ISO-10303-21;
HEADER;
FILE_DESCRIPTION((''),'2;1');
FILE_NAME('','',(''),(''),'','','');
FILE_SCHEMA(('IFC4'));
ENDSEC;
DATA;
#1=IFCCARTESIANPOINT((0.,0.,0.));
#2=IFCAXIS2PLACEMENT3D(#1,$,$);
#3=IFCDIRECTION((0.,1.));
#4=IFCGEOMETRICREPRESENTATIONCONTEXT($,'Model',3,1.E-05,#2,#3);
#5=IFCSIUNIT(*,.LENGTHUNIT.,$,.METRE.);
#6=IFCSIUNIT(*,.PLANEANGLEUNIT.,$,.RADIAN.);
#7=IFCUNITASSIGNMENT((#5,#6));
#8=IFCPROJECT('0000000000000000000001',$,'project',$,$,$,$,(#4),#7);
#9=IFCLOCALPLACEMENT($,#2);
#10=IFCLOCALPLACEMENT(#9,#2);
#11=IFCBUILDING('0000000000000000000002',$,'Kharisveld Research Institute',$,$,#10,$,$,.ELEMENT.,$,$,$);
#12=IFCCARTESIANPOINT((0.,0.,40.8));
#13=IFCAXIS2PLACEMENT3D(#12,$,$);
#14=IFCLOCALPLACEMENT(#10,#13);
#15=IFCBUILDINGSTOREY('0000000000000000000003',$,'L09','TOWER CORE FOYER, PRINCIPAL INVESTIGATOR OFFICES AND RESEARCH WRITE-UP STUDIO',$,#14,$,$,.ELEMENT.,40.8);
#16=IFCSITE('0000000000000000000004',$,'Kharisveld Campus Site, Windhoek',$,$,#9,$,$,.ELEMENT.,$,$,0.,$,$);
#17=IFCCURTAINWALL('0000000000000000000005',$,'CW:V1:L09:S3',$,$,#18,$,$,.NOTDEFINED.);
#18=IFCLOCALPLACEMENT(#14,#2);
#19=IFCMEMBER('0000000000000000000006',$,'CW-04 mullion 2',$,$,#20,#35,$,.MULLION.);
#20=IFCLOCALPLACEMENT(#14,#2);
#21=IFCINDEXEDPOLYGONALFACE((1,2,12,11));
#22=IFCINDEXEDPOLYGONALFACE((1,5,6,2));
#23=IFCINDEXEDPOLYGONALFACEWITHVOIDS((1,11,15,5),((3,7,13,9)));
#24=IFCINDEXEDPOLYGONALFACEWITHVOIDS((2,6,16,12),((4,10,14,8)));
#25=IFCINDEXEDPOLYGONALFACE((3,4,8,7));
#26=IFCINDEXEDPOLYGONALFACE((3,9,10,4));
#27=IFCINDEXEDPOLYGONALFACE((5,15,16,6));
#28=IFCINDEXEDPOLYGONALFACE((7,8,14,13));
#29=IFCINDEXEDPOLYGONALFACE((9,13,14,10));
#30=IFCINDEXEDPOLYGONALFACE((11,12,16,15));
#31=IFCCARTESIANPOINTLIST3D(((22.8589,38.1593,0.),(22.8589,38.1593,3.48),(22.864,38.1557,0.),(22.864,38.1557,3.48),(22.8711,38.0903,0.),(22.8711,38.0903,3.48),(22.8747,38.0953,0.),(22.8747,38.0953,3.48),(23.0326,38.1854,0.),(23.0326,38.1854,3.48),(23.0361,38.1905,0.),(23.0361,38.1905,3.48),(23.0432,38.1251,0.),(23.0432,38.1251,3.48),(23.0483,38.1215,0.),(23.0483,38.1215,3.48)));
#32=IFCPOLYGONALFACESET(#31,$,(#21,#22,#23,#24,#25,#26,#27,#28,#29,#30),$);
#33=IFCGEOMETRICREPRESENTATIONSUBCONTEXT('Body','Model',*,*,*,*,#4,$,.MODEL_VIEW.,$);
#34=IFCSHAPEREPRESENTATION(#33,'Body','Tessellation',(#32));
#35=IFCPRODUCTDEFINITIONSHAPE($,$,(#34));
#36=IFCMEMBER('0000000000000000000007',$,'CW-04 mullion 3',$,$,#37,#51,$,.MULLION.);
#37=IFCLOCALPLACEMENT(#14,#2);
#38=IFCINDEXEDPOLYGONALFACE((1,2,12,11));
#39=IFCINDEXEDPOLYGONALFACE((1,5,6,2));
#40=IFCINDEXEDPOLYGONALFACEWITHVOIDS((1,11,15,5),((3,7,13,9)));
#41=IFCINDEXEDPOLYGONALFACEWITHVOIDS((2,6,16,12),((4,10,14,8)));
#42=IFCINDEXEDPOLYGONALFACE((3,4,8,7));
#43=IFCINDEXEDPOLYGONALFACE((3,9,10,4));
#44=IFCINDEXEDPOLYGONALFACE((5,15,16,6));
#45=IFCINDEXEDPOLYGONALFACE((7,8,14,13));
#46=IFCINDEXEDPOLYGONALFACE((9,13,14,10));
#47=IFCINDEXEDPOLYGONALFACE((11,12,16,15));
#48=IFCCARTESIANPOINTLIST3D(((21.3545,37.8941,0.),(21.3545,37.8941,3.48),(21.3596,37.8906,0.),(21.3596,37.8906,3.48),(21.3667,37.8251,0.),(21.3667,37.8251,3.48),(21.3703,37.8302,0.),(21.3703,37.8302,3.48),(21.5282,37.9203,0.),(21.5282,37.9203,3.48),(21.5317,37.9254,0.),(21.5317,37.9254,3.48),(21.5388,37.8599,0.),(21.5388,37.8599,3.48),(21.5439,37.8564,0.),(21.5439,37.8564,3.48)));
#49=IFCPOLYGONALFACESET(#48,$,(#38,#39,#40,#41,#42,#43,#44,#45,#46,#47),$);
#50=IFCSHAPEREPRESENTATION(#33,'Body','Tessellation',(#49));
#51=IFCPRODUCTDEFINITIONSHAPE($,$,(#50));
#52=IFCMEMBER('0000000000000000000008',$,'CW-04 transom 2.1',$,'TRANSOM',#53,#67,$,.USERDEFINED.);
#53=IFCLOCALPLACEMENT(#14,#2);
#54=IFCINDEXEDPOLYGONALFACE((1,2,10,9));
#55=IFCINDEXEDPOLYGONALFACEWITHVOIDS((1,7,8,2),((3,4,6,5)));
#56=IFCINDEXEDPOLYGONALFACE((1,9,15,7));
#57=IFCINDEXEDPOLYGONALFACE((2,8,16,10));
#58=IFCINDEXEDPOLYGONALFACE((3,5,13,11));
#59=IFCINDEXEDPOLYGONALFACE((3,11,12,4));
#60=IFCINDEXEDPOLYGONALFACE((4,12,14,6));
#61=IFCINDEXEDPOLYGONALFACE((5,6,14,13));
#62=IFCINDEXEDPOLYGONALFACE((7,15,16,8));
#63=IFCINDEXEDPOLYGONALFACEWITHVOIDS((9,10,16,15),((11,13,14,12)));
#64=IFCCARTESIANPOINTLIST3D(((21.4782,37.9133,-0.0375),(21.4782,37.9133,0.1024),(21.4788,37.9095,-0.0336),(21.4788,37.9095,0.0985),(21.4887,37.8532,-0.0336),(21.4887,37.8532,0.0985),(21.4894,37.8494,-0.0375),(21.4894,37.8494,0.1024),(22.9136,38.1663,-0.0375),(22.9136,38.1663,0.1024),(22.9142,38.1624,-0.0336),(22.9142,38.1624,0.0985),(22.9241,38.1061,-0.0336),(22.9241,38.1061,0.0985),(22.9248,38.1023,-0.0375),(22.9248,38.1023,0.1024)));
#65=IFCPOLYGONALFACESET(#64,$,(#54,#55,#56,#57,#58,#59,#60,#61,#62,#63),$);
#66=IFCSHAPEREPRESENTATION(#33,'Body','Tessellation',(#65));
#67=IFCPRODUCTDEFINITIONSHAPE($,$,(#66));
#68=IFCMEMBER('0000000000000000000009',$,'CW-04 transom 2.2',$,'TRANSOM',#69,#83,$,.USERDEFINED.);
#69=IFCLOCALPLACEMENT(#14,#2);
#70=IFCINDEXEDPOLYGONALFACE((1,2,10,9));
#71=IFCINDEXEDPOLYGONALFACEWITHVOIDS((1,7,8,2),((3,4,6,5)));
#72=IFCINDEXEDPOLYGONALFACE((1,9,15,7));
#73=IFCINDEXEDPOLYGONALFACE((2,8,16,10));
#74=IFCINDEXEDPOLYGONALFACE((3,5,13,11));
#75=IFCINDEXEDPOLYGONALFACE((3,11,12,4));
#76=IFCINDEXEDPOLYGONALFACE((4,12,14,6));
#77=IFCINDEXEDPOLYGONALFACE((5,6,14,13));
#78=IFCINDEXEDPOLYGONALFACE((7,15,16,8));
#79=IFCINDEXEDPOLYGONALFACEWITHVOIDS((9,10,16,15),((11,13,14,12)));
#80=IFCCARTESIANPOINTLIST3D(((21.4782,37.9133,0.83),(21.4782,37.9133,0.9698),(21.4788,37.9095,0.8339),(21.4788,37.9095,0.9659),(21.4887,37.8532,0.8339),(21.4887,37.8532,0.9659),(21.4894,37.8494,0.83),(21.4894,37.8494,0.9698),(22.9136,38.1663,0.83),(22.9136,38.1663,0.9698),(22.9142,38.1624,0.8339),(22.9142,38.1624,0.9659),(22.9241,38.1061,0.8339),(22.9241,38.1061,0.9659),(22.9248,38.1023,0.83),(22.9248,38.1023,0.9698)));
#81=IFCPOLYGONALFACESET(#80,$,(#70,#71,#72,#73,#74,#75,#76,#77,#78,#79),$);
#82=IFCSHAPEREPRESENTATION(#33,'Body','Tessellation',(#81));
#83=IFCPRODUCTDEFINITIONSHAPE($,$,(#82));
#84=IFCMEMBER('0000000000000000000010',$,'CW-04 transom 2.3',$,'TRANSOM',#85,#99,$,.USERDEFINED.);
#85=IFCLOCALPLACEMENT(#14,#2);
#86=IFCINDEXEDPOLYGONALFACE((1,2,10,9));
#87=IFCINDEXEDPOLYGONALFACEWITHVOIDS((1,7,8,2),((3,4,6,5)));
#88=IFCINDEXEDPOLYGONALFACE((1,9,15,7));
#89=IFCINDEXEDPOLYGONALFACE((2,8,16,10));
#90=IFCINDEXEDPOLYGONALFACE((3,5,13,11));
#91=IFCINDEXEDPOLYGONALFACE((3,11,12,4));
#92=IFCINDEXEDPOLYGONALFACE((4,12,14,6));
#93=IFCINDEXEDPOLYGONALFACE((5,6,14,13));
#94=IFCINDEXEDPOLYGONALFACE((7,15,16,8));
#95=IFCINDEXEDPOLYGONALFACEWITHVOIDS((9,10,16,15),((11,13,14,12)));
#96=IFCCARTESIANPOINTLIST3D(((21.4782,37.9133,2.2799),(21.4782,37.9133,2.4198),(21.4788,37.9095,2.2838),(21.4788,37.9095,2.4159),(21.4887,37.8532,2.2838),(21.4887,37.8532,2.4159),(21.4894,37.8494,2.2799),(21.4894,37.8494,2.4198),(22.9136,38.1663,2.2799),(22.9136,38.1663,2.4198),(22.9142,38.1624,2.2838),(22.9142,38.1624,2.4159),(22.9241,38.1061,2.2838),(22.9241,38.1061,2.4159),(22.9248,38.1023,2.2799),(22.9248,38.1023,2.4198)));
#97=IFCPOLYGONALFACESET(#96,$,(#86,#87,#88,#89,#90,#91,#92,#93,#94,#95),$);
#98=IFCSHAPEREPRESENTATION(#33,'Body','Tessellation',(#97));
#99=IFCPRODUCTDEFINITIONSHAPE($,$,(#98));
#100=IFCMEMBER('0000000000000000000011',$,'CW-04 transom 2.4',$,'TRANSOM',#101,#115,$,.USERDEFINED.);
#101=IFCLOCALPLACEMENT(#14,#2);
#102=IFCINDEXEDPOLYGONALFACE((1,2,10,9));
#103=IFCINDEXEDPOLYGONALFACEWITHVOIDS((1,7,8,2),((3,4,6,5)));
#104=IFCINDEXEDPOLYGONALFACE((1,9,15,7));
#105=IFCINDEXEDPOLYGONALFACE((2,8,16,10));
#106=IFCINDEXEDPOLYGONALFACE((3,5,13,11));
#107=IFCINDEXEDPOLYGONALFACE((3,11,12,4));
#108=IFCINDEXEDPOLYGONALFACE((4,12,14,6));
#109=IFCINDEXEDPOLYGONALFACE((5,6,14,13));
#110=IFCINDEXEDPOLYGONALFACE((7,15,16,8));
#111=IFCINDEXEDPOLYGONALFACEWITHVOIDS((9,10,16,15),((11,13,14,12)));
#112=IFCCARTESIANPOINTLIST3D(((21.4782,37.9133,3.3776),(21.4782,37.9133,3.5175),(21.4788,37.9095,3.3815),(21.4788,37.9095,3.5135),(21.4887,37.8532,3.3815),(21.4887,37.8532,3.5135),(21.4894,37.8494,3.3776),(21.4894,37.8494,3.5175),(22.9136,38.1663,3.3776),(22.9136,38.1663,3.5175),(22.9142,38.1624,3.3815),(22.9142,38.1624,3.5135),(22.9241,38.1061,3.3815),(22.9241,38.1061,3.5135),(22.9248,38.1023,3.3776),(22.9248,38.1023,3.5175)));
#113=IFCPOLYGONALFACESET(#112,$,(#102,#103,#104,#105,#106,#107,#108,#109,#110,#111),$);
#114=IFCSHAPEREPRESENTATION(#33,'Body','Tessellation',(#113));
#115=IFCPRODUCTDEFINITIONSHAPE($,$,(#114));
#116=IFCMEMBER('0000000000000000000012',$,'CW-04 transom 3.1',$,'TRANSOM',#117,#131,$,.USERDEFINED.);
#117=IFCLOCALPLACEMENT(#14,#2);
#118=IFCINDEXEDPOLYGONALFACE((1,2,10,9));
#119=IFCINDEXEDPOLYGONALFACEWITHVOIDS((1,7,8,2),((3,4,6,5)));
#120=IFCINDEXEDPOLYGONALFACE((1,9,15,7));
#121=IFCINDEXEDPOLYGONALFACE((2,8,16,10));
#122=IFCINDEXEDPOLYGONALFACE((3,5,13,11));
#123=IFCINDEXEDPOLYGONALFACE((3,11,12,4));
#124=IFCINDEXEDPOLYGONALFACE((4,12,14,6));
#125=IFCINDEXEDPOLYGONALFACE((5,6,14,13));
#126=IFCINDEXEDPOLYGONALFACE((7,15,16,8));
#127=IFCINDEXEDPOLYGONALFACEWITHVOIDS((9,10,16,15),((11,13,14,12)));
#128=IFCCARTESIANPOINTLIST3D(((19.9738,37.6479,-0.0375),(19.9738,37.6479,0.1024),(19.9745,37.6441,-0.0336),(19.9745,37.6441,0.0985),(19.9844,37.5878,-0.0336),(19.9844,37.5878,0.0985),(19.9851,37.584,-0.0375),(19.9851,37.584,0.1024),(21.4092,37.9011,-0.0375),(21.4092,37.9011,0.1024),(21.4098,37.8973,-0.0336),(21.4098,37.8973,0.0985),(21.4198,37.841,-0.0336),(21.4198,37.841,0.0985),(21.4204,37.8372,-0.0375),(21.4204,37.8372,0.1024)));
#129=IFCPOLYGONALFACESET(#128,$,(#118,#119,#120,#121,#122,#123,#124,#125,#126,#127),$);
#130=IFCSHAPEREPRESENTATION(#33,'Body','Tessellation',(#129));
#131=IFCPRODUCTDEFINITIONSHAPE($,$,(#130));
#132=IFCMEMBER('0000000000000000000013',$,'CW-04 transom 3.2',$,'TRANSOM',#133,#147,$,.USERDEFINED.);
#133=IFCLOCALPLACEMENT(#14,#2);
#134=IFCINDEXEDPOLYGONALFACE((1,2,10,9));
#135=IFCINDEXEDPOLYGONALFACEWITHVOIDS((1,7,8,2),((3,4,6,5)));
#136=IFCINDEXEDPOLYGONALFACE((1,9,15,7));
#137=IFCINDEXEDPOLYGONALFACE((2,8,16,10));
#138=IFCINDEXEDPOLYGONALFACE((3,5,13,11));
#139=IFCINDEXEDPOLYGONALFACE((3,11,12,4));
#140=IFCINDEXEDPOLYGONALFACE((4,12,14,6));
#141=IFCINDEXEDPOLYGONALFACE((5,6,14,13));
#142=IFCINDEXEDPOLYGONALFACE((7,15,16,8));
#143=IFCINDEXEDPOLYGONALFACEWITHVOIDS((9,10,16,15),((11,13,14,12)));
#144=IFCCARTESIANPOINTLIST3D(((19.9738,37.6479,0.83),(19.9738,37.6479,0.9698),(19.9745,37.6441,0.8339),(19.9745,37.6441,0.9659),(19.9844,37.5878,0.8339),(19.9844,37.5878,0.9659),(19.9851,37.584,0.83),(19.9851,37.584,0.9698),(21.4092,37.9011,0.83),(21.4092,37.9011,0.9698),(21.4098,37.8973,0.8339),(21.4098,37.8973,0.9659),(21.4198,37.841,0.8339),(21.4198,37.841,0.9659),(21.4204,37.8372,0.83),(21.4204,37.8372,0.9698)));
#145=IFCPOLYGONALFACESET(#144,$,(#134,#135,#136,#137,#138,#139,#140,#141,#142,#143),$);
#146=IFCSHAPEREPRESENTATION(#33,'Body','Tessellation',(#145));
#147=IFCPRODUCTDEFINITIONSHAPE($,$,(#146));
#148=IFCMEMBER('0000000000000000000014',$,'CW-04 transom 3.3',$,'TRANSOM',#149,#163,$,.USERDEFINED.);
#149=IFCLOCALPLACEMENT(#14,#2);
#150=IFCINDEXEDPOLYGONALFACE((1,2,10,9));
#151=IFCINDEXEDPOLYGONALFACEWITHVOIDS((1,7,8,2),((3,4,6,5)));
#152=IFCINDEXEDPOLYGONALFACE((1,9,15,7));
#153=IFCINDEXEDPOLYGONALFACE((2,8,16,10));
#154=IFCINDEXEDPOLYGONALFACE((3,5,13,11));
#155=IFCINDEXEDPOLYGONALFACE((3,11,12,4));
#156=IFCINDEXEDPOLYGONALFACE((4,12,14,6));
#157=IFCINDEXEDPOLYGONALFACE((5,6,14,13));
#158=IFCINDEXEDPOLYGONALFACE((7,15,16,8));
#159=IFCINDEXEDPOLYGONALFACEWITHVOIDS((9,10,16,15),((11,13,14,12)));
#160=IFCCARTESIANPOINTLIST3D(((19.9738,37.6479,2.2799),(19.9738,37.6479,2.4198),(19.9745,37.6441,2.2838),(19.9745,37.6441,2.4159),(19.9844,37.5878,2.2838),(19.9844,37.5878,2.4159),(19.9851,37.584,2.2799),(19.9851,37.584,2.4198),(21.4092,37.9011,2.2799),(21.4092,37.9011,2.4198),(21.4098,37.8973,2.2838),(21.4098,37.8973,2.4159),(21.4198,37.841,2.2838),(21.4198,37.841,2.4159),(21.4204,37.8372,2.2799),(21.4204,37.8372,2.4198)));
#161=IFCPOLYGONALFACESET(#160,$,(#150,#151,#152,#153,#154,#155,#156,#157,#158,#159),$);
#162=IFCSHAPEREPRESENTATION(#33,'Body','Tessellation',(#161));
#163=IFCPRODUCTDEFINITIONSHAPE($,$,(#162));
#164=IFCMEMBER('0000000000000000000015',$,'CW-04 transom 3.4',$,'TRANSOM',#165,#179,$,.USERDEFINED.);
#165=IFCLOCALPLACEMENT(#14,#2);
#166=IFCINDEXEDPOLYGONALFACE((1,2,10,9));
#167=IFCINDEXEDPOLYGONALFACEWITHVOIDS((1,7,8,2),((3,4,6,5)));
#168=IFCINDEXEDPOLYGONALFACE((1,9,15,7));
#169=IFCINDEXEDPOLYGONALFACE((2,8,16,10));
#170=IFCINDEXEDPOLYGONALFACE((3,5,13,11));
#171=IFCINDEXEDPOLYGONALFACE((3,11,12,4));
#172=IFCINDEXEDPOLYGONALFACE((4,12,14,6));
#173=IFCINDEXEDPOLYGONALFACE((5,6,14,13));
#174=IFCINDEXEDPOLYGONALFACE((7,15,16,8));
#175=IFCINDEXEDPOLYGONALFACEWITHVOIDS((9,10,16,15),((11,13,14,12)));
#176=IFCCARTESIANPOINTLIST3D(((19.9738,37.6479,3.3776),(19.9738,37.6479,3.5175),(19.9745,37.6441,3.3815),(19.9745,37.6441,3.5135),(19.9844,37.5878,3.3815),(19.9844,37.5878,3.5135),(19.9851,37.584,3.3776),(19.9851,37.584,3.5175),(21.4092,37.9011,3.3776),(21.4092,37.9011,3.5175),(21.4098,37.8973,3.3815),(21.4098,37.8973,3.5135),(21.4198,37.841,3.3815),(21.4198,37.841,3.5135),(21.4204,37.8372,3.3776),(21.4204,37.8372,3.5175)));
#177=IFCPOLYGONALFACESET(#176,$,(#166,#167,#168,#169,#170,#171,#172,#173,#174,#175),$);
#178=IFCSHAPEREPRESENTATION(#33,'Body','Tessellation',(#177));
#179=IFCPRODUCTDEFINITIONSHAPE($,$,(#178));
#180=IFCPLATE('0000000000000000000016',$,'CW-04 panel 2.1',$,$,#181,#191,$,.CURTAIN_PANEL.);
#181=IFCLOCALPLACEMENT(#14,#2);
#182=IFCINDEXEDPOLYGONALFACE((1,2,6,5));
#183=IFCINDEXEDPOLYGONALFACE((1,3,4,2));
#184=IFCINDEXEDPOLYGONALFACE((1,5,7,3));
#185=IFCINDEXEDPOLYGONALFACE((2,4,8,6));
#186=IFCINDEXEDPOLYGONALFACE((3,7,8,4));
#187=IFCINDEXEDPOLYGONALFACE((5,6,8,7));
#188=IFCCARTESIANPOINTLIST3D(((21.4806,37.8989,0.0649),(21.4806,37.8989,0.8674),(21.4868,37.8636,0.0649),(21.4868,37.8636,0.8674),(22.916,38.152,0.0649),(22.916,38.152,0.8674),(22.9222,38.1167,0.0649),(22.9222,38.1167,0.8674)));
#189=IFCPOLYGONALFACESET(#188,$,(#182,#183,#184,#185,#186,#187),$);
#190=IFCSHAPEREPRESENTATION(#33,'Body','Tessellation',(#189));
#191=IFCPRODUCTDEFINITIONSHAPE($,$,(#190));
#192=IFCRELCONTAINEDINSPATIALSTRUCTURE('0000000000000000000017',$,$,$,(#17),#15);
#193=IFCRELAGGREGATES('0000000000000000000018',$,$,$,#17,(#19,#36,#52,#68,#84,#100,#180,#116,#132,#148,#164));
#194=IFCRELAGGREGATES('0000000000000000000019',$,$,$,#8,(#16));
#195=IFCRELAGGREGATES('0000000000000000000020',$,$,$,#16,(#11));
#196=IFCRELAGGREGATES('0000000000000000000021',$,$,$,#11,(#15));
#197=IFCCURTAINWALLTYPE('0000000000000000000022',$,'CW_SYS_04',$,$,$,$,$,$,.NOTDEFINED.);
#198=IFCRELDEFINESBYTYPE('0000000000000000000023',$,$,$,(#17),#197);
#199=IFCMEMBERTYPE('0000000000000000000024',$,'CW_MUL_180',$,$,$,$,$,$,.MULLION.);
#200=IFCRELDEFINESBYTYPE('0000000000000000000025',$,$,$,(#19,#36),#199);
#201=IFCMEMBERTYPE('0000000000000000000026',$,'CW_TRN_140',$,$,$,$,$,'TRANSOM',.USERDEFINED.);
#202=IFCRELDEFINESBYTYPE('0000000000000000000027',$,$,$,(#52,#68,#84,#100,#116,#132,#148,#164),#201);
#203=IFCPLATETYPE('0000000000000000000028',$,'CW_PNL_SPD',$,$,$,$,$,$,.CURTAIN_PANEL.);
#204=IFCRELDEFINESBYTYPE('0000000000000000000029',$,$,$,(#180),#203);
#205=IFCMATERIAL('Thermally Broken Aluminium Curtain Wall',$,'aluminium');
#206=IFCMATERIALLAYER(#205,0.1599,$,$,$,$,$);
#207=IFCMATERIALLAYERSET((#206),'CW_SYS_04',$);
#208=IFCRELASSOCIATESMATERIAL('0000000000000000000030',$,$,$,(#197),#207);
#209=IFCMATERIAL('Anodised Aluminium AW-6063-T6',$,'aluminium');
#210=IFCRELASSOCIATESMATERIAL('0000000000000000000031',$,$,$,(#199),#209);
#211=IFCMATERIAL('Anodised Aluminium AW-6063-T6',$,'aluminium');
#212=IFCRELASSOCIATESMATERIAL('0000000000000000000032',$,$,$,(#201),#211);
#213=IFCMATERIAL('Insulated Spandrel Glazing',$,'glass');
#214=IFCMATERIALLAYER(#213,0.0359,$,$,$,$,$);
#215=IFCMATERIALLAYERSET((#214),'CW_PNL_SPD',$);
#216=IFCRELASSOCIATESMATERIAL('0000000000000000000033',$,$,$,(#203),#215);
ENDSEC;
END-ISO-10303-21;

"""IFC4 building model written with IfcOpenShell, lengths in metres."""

from ifc_helpers import new_model, si_unit, direction, frame, origin, origin_2d, place, context, subcontext, project, spatial, rectangle, hollow_rectangle, extrude, material, layer, layer_set, material_profile, profile_set, type_object, element, aggregate, save


model = new_model("IFC4")

# Units and contexts
model_context = context("Model", 3, precision=1e-05, world=origin(), true_north=direction((0.0, 1.0)))
body_context = subcontext(model_context, "Body", "Model", "MODEL_VIEW")
ifc_project = project(units=[si_unit("LENGTHUNIT", "METRE"), si_unit("PLANEANGLEUNIT", "RADIAN")], contexts=[model_context])

# Site, building, storey
site_placement = place(None, origin())
site = spatial("IfcSite", under=ifc_project, at=site_placement, Name="Kharisveld Campus Site, Windhoek", CompositionType="ELEMENT", RefElevation=0.0)
building_placement = place(site_placement, origin())
building = spatial("IfcBuilding", under=site, at=building_placement, Name="Kharisveld Research Institute", CompositionType="ELEMENT")
storey_placement = place(building_placement, frame((0.0, 0.0, 40.8)))
storey = spatial("IfcBuildingStorey", under=building, at=storey_placement, Name="L09", Description="TOWER CORE FOYER, PRINCIPAL INVESTIGATOR OFFICES AND RESEARCH WRITE-UP STUDIO", CompositionType="ELEMENT", Elevation=40.8)

# Curtain wall, members, plate
ifc_material_1 = material(Name="Thermally Broken Aluminium Curtain Wall", Category="aluminium")
ifc_layer_1 = layer(ifc_material_1, 0.1599)
ifc_layer_set_1 = layer_set([ifc_layer_1], Name="CW_SYS_04")
curtain_wall_type = type_object("IfcCurtainWallType", Name="CW_SYS_04", PredefinedType="NOTDEFINED", material=ifc_layer_set_1)
curtain_wall_placement = place(storey_placement, origin())
curtain_wall = element("IfcCurtainWall", 1, at=curtain_wall_placement, inside=storey, type_object=curtain_wall_type, Name="CW:V1:L09:S3", PredefinedType="NOTDEFINED")
ifc_material_2 = material(Name="Anodised Aluminium AW-6063-T6", Category="aluminium")
ifc_material_profile_1 = material_profile(ifc_material_2, hollow_rectangle(XDim=0.0701, YDim=0.1799, WallThickness=0.0044, at=origin_2d()))
ifc_profile_set_1 = profile_set([ifc_material_profile_1], Name="Anodised Aluminium AW-6063-T6")
member_type_1 = type_object("IfcMemberType", Name="CW_MUL_180", PredefinedType="MULLION", material=ifc_profile_set_1)
member_1_placement = place(storey_placement, frame((22.9536, 38.1404, 0.0), z_axis=(0.0, 0.0, 1.0), x_axis=(0.173648, -0.984808, 0.0)))
member_1 = element("IfcMember", 2, at=member_1_placement, type_object=member_type_1, Name="CW-04 mullion 2", PredefinedType="MULLION", context=body_context, shape_type="SweptSolid", body=[
    extrude(hollow_rectangle(XDim=0.0701, YDim=0.1799, WallThickness=0.0044, at=origin_2d()), origin(), (0.0, 0.0, 1.0), 3.48),
])
member_2_placement = place(storey_placement, frame((21.4492, 37.8752, 0.0), z_axis=(0.0, 0.0, 1.0), x_axis=(0.173648, -0.984808, 0.0)))
member_2 = element("IfcMember", 3, at=member_2_placement, type_object=member_type_1, Name="CW-04 mullion 3", PredefinedType="MULLION", context=body_context, shape_type="SweptSolid", body=[
    extrude(hollow_rectangle(XDim=0.0701, YDim=0.1799, WallThickness=0.0044, at=origin_2d()), origin(), (0.0, 0.0, 1.0), 3.48),
])
ifc_material_3 = material(Name="Anodised Aluminium AW-6063-T6", Category="aluminium")
ifc_material_profile_2 = material_profile(ifc_material_3, hollow_rectangle(XDim=0.0649, YDim=0.1399, WallThickness=0.0039, at=origin_2d()))
ifc_profile_set_2 = profile_set([ifc_material_profile_2], Name="Anodised Aluminium AW-6063-T6")
member_type_2 = type_object("IfcMemberType", Name="CW_TRN_140", ElementType="TRANSOM", PredefinedType="USERDEFINED", material=ifc_profile_set_2)
member_3_placement = place(storey_placement, frame((22.9192, 38.1343, 0.0325), z_axis=(-0.984826, -0.173546, 0.0), x_axis=(0.173546, -0.984826, 0.0)))
member_3 = element("IfcMember", 4, at=member_3_placement, type_object=member_type_2, Name="CW-04 transom 2.1", ObjectType="TRANSOM", PredefinedType="USERDEFINED", context=body_context, shape_type="SweptSolid", body=[
    extrude(hollow_rectangle(XDim=0.0649, YDim=0.1399, WallThickness=0.0039, at=origin_2d()), origin(), (0.0, 0.0, 1.0), 1.4575),
])
member_4_placement = place(storey_placement, frame((22.9192, 38.1343, 0.8999), z_axis=(-0.984826, -0.173546, 0.0), x_axis=(0.173546, -0.984826, 0.0)))
member_4 = element("IfcMember", 5, at=member_4_placement, type_object=member_type_2, Name="CW-04 transom 2.2", ObjectType="TRANSOM", PredefinedType="USERDEFINED", context=body_context, shape_type="SweptSolid", body=[
    extrude(hollow_rectangle(XDim=0.0649, YDim=0.1399, WallThickness=0.0039, at=origin_2d()), origin(), (0.0, 0.0, 1.0), 1.4575),
])
member_5_placement = place(storey_placement, frame((22.9192, 38.1343, 2.3499), z_axis=(-0.984826, -0.173546, 0.0), x_axis=(0.173546, -0.984826, 0.0)))
member_5 = element("IfcMember", 6, at=member_5_placement, type_object=member_type_2, Name="CW-04 transom 2.3", ObjectType="TRANSOM", PredefinedType="USERDEFINED", context=body_context, shape_type="SweptSolid", body=[
    extrude(hollow_rectangle(XDim=0.0649, YDim=0.1399, WallThickness=0.0039, at=origin_2d()), origin(), (0.0, 0.0, 1.0), 1.4575),
])
member_6_placement = place(storey_placement, frame((22.9192, 38.1343, 3.4475), z_axis=(-0.984826, -0.173546, 0.0), x_axis=(0.173546, -0.984826, 0.0)))
member_6 = element("IfcMember", 7, at=member_6_placement, type_object=member_type_2, Name="CW-04 transom 2.4", ObjectType="TRANSOM", PredefinedType="USERDEFINED", context=body_context, shape_type="SweptSolid", body=[
    extrude(hollow_rectangle(XDim=0.0649, YDim=0.1399, WallThickness=0.0039, at=origin_2d()), origin(), (0.0, 0.0, 1.0), 1.4575),
])
member_7_placement = place(storey_placement, frame((21.4148, 37.8691, 0.0325), z_axis=(-0.984797, -0.173709, 0.0), x_axis=(0.173709, -0.984797, 0.0)))
member_7 = element("IfcMember", 8, at=member_7_placement, type_object=member_type_2, Name="CW-04 transom 3.1", ObjectType="TRANSOM", PredefinedType="USERDEFINED", context=body_context, shape_type="SweptSolid", body=[
    extrude(hollow_rectangle(XDim=0.0649, YDim=0.1399, WallThickness=0.0039, at=origin_2d()), origin(), (0.0, 0.0, 1.0), 1.4575),
])
member_8_placement = place(storey_placement, frame((21.4148, 37.8691, 0.8999), z_axis=(-0.984797, -0.173709, 0.0), x_axis=(0.173709, -0.984797, 0.0)))
member_8 = element("IfcMember", 9, at=member_8_placement, type_object=member_type_2, Name="CW-04 transom 3.2", ObjectType="TRANSOM", PredefinedType="USERDEFINED", context=body_context, shape_type="SweptSolid", body=[
    extrude(hollow_rectangle(XDim=0.0649, YDim=0.1399, WallThickness=0.0039, at=origin_2d()), origin(), (0.0, 0.0, 1.0), 1.4575),
])
member_9_placement = place(storey_placement, frame((21.4148, 37.8691, 2.3499), z_axis=(-0.984797, -0.173709, 0.0), x_axis=(0.173709, -0.984797, 0.0)))
member_9 = element("IfcMember", 10, at=member_9_placement, type_object=member_type_2, Name="CW-04 transom 3.3", ObjectType="TRANSOM", PredefinedType="USERDEFINED", context=body_context, shape_type="SweptSolid", body=[
    extrude(hollow_rectangle(XDim=0.0649, YDim=0.1399, WallThickness=0.0039, at=origin_2d()), origin(), (0.0, 0.0, 1.0), 1.4575),
])
member_10_placement = place(storey_placement, frame((21.4148, 37.8691, 3.4475), z_axis=(-0.984797, -0.173709, 0.0), x_axis=(0.173709, -0.984797, 0.0)))
member_10 = element("IfcMember", 11, at=member_10_placement, type_object=member_type_2, Name="CW-04 transom 3.4", ObjectType="TRANSOM", PredefinedType="USERDEFINED", context=body_context, shape_type="SweptSolid", body=[
    extrude(hollow_rectangle(XDim=0.0649, YDim=0.1399, WallThickness=0.0039, at=origin_2d()), origin(), (0.0, 0.0, 1.0), 1.4575),
])
ifc_material_4 = material(Name="Insulated Spandrel Glazing", Category="glass")
ifc_layer_2 = layer(ifc_material_4, 0.0359)
ifc_layer_set_2 = layer_set([ifc_layer_2], Name="CW_PNL_SPD")
plate_type = type_object("IfcPlateType", Name="CW_PNL_SPD", PredefinedType="CURTAIN_PANEL", material=ifc_layer_set_2)
plate_1_placement = place(storey_placement, frame((22.2014, 38.0078, 0.0649), z_axis=(0.0, 0.0, 1.0), x_axis=(-0.984808, -0.173648, 0.0)))
plate_1 = element("IfcPlate", 12, at=plate_1_placement, type_object=plate_type, Name="CW-04 panel 2.1", PredefinedType="CURTAIN_PANEL", context=body_context, shape_type="SweptSolid", body=[
    extrude(rectangle(XDim=1.4575, YDim=0.0359, at=origin_2d()), origin(), (0.0, 0.0, 1.0), 0.8025),
])
aggregate(curtain_wall, [member_1, member_2, member_3, member_4, member_5, member_6, plate_1, member_7, member_8, member_9, member_10])

save(model, "model.ifc")
